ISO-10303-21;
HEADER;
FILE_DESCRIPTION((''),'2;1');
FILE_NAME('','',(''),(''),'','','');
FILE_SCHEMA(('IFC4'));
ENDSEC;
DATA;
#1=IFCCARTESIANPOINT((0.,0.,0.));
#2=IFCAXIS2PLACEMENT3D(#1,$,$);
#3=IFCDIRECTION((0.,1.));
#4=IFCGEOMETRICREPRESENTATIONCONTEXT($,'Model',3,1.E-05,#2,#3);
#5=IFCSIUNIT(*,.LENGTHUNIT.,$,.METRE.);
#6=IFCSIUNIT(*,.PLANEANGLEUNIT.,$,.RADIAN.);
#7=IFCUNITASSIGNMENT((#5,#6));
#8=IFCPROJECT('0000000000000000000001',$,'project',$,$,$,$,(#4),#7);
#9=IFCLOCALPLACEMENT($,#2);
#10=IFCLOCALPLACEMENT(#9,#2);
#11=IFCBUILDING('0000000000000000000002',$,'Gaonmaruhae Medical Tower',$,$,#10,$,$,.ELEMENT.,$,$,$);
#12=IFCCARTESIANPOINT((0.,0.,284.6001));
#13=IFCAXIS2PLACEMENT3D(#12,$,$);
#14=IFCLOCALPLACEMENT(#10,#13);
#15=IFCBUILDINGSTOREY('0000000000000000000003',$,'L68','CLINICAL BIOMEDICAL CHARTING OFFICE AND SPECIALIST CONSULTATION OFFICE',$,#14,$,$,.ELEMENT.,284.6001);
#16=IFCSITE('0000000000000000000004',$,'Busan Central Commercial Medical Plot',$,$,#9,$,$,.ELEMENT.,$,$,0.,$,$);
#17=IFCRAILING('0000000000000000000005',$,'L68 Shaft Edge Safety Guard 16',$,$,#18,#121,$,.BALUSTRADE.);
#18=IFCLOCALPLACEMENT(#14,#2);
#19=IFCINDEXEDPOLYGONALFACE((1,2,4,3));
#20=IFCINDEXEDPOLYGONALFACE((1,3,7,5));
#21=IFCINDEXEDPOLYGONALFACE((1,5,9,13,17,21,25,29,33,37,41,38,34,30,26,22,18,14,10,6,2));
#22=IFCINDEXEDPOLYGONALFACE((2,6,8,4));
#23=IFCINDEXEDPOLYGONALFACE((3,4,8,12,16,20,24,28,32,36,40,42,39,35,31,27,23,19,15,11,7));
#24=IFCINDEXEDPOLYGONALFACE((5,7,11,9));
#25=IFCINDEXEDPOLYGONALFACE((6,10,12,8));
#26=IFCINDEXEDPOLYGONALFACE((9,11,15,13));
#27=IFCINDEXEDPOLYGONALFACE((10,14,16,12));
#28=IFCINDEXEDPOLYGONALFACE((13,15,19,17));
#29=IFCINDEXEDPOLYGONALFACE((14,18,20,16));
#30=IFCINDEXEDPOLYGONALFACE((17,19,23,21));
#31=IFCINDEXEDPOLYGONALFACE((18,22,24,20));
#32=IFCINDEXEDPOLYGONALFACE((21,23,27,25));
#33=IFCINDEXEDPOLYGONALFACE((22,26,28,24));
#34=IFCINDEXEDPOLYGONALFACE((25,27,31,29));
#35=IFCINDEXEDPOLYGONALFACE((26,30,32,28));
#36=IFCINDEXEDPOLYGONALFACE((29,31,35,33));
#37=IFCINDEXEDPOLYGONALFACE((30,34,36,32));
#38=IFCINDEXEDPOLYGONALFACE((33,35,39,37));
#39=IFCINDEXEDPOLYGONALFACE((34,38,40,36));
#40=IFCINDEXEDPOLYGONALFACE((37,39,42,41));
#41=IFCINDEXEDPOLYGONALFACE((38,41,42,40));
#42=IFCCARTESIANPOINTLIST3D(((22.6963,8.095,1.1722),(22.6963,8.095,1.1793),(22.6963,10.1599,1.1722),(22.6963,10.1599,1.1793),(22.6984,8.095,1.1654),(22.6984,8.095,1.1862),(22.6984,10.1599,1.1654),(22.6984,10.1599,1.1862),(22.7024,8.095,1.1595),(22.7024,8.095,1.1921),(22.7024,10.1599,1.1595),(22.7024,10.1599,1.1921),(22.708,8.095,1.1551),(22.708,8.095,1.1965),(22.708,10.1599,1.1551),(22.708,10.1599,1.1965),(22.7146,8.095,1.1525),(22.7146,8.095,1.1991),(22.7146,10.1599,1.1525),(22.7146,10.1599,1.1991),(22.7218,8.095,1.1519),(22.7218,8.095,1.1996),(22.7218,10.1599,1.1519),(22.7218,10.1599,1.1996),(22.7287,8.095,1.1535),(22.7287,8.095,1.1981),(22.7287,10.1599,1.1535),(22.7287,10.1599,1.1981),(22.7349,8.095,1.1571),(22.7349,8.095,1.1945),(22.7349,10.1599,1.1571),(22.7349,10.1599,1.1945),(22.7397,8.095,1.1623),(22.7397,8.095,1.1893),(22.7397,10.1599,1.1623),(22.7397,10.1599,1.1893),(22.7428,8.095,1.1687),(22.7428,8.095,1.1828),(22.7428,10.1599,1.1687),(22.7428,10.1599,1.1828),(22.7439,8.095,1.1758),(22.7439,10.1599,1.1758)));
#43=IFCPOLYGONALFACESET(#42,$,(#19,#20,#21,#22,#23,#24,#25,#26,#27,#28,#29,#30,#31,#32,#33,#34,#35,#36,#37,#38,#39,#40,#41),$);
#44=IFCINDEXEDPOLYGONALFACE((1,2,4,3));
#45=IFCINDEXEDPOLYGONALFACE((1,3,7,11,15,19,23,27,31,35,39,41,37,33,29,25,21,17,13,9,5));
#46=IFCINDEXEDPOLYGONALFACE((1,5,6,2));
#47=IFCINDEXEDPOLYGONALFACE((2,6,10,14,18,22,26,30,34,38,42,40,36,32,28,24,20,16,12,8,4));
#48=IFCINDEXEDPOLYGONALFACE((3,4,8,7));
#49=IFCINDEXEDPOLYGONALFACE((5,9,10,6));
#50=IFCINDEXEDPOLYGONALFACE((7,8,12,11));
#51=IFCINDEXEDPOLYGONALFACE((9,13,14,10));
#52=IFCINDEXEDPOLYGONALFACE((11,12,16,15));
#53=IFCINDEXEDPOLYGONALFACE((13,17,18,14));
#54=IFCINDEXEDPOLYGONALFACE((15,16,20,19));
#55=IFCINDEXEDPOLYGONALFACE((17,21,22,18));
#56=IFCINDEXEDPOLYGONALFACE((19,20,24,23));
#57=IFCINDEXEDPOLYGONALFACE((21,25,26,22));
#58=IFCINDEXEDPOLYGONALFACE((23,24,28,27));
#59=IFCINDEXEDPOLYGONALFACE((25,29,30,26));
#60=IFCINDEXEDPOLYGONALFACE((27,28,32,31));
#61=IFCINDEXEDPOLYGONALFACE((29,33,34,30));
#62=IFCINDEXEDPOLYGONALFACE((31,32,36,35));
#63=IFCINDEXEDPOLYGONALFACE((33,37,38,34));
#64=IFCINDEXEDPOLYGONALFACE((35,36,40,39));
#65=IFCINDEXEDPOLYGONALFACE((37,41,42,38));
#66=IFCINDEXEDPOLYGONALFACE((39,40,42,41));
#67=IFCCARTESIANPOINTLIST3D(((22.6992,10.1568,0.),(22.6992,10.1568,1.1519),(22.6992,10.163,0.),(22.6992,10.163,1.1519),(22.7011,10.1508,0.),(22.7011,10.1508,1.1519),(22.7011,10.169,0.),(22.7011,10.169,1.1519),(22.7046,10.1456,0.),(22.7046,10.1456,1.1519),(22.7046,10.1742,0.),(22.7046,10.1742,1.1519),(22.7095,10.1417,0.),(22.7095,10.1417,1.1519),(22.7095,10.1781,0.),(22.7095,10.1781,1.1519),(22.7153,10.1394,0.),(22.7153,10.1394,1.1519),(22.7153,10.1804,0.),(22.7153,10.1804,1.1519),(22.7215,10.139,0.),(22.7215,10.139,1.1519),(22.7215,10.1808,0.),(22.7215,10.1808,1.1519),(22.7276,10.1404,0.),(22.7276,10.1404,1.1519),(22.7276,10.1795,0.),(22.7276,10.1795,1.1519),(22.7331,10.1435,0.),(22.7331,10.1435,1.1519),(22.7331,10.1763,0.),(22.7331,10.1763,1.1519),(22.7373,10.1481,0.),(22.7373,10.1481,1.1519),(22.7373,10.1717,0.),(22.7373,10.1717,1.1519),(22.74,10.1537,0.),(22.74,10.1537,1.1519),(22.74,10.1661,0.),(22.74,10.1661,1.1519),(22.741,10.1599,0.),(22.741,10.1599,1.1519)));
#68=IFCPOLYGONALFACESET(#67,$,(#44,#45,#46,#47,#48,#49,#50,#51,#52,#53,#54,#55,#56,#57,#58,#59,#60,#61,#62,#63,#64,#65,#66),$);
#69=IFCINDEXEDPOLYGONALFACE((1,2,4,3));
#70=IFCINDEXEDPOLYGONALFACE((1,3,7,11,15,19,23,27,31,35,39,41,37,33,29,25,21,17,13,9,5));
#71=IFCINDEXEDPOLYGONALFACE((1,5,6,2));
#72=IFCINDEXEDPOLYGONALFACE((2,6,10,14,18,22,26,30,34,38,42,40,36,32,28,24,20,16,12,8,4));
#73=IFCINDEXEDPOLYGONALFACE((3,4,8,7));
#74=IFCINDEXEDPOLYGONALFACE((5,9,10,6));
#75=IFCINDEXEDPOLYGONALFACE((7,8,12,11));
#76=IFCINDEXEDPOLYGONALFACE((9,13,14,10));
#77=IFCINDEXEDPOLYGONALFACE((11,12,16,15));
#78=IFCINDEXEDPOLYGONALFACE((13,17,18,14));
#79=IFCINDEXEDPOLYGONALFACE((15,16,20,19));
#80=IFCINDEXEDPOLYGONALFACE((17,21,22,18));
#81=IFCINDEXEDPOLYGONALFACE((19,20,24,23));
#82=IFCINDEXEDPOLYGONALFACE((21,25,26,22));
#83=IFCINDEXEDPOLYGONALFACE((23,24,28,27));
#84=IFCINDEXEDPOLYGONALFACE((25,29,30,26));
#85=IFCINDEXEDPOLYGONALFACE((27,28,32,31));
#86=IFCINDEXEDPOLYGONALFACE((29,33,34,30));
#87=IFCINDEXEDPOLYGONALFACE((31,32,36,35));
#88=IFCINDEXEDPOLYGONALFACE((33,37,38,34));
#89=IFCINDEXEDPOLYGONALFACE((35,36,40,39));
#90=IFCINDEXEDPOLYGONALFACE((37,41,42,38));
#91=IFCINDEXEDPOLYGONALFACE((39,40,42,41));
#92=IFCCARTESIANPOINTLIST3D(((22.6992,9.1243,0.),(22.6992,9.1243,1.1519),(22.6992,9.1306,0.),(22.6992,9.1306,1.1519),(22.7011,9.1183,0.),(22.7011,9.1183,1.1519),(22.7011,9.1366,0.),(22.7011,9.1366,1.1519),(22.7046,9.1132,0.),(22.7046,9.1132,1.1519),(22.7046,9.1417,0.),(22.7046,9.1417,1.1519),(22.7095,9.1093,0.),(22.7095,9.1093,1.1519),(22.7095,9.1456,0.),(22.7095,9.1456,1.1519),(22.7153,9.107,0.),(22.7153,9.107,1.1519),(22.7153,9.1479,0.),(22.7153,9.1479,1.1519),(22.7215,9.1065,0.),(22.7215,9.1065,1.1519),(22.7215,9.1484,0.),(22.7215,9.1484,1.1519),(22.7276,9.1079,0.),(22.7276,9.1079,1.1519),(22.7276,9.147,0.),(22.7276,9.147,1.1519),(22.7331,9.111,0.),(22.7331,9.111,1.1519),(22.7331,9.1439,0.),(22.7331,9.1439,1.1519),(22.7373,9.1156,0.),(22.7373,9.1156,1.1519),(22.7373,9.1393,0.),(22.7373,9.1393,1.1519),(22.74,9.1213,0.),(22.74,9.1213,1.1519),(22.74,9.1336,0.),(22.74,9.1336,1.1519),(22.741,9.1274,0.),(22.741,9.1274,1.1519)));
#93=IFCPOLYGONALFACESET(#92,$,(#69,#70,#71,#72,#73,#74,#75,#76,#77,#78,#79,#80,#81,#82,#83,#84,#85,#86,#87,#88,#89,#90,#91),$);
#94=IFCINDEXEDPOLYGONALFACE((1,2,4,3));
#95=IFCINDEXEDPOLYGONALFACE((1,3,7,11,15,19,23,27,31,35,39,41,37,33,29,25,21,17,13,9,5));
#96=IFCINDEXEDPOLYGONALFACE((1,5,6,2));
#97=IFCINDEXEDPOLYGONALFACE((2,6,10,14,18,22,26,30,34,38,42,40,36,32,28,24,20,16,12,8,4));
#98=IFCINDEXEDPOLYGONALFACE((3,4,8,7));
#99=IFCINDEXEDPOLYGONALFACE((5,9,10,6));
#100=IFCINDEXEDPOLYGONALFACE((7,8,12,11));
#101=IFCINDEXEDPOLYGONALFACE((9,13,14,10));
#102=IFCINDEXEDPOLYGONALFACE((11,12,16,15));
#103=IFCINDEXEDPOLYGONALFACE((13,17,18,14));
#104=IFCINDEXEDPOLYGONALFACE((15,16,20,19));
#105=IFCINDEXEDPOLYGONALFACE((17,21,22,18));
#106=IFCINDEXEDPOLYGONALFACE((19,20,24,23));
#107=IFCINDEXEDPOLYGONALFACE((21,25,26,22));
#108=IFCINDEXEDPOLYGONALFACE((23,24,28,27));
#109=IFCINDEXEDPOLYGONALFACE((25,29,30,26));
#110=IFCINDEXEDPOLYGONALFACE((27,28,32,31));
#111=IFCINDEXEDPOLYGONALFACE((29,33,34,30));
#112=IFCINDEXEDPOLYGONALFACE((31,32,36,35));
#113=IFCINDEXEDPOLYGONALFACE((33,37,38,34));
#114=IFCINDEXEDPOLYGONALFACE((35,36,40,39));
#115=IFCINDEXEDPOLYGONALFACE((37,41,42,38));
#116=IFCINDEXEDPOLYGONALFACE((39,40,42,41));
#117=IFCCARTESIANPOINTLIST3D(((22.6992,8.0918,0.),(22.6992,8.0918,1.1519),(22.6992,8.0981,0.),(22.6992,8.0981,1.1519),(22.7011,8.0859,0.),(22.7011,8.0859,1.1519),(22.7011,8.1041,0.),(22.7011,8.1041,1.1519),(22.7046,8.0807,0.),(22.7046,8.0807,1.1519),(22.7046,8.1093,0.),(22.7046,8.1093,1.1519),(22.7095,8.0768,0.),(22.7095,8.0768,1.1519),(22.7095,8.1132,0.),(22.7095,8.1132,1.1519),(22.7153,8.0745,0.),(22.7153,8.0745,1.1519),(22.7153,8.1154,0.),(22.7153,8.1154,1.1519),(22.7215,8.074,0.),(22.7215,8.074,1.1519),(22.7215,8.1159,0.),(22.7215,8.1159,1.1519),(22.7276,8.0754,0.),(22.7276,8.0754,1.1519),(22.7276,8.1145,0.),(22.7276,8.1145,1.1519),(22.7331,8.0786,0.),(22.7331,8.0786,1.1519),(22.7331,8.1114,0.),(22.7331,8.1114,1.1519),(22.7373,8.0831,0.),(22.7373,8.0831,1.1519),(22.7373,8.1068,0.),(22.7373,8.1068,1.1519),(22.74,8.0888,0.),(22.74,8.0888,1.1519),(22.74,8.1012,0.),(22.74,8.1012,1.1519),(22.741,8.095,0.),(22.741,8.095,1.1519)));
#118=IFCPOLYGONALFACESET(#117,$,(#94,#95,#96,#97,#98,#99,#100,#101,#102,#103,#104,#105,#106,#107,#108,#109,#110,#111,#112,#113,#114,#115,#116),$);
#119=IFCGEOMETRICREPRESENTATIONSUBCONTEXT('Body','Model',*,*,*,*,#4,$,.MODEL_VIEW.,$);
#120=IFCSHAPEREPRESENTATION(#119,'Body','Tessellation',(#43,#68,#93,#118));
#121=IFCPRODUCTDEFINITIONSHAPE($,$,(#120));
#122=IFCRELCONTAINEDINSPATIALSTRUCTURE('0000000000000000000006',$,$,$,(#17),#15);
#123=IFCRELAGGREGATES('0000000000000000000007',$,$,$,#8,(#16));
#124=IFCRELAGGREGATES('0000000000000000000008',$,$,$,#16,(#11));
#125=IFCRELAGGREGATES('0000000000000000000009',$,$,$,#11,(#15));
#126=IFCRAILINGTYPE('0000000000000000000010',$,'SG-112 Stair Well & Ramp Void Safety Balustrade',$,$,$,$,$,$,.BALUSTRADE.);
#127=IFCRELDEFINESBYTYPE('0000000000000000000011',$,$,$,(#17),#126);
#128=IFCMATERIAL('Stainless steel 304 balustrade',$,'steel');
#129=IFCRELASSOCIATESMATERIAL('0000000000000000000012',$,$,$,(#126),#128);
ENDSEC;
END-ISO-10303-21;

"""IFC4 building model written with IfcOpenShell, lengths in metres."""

from ifc_helpers import new_model, si_unit, direction, frame, origin, origin_2d, place, context, subcontext, project, spatial, circle, extrude, material, type_object, element, save


model = new_model("IFC4")

# Units and contexts
model_context = context("Model", 3, precision=1e-05, world=origin(), true_north=direction((0.0, 1.0)))
body_context = subcontext(model_context, "Body", "Model", "MODEL_VIEW")
ifc_project = project(units=[si_unit("LENGTHUNIT", "METRE"), si_unit("PLANEANGLEUNIT", "RADIAN")], contexts=[model_context])

# Site, building, storey
site_placement = place(None, origin())
site = spatial("IfcSite", under=ifc_project, at=site_placement, Name="Busan Central Commercial Medical Plot", CompositionType="ELEMENT", RefElevation=0.0)
building_placement = place(site_placement, origin())
building = spatial("IfcBuilding", under=site, at=building_placement, Name="Gaonmaruhae Medical Tower", CompositionType="ELEMENT")
storey_placement = place(building_placement, frame((0.0, 0.0, 284.6001)))
storey = spatial("IfcBuildingStorey", under=building, at=storey_placement, Name="L68", Description="CLINICAL BIOMEDICAL CHARTING OFFICE AND SPECIALIST CONSULTATION OFFICE", CompositionType="ELEMENT", Elevation=284.6001)

# Railing
ifc_material_1 = material(Name="Stainless steel 304 balustrade", Category="steel")
railing_type_1 = type_object("IfcRailingType", Name="SG-112 Stair Well & Ramp Void Safety Balustrade", PredefinedType="BALUSTRADE", material=ifc_material_1)
railing_1_placement = place(storey_placement, frame((22.72, 10.1599, 0.0)))
element("IfcRailing", 1, at=railing_1_placement, inside=storey, type_object=railing_type_1, Name="L68 Shaft Edge Safety Guard 16", PredefinedType="BALUSTRADE", context=body_context, shape_type="SweptSolid", body=[
    extrude(circle(Radius=0.0239, at=origin_2d()), frame((0.0, 0.0, 1.1758), z_axis=(0.0, -1.0, 0.0), x_axis=(1.0, 0.0, 0.0)), (0.0, 0.0, 1.0), 2.0649),
    extrude(circle(Radius=0.021, at=origin_2d()), origin(), (0.0, 0.0, 1.0), 1.1519),
    extrude(circle(Radius=0.021, at=origin_2d()), frame((0.0, -1.0325, 0.0)), (0.0, 0.0, 1.0), 1.1519),
    extrude(circle(Radius=0.021, at=origin_2d()), frame((0.0, -2.0649, 0.0)), (0.0, 0.0, 1.0), 1.1519),
])

save(model, "model.ifc")
